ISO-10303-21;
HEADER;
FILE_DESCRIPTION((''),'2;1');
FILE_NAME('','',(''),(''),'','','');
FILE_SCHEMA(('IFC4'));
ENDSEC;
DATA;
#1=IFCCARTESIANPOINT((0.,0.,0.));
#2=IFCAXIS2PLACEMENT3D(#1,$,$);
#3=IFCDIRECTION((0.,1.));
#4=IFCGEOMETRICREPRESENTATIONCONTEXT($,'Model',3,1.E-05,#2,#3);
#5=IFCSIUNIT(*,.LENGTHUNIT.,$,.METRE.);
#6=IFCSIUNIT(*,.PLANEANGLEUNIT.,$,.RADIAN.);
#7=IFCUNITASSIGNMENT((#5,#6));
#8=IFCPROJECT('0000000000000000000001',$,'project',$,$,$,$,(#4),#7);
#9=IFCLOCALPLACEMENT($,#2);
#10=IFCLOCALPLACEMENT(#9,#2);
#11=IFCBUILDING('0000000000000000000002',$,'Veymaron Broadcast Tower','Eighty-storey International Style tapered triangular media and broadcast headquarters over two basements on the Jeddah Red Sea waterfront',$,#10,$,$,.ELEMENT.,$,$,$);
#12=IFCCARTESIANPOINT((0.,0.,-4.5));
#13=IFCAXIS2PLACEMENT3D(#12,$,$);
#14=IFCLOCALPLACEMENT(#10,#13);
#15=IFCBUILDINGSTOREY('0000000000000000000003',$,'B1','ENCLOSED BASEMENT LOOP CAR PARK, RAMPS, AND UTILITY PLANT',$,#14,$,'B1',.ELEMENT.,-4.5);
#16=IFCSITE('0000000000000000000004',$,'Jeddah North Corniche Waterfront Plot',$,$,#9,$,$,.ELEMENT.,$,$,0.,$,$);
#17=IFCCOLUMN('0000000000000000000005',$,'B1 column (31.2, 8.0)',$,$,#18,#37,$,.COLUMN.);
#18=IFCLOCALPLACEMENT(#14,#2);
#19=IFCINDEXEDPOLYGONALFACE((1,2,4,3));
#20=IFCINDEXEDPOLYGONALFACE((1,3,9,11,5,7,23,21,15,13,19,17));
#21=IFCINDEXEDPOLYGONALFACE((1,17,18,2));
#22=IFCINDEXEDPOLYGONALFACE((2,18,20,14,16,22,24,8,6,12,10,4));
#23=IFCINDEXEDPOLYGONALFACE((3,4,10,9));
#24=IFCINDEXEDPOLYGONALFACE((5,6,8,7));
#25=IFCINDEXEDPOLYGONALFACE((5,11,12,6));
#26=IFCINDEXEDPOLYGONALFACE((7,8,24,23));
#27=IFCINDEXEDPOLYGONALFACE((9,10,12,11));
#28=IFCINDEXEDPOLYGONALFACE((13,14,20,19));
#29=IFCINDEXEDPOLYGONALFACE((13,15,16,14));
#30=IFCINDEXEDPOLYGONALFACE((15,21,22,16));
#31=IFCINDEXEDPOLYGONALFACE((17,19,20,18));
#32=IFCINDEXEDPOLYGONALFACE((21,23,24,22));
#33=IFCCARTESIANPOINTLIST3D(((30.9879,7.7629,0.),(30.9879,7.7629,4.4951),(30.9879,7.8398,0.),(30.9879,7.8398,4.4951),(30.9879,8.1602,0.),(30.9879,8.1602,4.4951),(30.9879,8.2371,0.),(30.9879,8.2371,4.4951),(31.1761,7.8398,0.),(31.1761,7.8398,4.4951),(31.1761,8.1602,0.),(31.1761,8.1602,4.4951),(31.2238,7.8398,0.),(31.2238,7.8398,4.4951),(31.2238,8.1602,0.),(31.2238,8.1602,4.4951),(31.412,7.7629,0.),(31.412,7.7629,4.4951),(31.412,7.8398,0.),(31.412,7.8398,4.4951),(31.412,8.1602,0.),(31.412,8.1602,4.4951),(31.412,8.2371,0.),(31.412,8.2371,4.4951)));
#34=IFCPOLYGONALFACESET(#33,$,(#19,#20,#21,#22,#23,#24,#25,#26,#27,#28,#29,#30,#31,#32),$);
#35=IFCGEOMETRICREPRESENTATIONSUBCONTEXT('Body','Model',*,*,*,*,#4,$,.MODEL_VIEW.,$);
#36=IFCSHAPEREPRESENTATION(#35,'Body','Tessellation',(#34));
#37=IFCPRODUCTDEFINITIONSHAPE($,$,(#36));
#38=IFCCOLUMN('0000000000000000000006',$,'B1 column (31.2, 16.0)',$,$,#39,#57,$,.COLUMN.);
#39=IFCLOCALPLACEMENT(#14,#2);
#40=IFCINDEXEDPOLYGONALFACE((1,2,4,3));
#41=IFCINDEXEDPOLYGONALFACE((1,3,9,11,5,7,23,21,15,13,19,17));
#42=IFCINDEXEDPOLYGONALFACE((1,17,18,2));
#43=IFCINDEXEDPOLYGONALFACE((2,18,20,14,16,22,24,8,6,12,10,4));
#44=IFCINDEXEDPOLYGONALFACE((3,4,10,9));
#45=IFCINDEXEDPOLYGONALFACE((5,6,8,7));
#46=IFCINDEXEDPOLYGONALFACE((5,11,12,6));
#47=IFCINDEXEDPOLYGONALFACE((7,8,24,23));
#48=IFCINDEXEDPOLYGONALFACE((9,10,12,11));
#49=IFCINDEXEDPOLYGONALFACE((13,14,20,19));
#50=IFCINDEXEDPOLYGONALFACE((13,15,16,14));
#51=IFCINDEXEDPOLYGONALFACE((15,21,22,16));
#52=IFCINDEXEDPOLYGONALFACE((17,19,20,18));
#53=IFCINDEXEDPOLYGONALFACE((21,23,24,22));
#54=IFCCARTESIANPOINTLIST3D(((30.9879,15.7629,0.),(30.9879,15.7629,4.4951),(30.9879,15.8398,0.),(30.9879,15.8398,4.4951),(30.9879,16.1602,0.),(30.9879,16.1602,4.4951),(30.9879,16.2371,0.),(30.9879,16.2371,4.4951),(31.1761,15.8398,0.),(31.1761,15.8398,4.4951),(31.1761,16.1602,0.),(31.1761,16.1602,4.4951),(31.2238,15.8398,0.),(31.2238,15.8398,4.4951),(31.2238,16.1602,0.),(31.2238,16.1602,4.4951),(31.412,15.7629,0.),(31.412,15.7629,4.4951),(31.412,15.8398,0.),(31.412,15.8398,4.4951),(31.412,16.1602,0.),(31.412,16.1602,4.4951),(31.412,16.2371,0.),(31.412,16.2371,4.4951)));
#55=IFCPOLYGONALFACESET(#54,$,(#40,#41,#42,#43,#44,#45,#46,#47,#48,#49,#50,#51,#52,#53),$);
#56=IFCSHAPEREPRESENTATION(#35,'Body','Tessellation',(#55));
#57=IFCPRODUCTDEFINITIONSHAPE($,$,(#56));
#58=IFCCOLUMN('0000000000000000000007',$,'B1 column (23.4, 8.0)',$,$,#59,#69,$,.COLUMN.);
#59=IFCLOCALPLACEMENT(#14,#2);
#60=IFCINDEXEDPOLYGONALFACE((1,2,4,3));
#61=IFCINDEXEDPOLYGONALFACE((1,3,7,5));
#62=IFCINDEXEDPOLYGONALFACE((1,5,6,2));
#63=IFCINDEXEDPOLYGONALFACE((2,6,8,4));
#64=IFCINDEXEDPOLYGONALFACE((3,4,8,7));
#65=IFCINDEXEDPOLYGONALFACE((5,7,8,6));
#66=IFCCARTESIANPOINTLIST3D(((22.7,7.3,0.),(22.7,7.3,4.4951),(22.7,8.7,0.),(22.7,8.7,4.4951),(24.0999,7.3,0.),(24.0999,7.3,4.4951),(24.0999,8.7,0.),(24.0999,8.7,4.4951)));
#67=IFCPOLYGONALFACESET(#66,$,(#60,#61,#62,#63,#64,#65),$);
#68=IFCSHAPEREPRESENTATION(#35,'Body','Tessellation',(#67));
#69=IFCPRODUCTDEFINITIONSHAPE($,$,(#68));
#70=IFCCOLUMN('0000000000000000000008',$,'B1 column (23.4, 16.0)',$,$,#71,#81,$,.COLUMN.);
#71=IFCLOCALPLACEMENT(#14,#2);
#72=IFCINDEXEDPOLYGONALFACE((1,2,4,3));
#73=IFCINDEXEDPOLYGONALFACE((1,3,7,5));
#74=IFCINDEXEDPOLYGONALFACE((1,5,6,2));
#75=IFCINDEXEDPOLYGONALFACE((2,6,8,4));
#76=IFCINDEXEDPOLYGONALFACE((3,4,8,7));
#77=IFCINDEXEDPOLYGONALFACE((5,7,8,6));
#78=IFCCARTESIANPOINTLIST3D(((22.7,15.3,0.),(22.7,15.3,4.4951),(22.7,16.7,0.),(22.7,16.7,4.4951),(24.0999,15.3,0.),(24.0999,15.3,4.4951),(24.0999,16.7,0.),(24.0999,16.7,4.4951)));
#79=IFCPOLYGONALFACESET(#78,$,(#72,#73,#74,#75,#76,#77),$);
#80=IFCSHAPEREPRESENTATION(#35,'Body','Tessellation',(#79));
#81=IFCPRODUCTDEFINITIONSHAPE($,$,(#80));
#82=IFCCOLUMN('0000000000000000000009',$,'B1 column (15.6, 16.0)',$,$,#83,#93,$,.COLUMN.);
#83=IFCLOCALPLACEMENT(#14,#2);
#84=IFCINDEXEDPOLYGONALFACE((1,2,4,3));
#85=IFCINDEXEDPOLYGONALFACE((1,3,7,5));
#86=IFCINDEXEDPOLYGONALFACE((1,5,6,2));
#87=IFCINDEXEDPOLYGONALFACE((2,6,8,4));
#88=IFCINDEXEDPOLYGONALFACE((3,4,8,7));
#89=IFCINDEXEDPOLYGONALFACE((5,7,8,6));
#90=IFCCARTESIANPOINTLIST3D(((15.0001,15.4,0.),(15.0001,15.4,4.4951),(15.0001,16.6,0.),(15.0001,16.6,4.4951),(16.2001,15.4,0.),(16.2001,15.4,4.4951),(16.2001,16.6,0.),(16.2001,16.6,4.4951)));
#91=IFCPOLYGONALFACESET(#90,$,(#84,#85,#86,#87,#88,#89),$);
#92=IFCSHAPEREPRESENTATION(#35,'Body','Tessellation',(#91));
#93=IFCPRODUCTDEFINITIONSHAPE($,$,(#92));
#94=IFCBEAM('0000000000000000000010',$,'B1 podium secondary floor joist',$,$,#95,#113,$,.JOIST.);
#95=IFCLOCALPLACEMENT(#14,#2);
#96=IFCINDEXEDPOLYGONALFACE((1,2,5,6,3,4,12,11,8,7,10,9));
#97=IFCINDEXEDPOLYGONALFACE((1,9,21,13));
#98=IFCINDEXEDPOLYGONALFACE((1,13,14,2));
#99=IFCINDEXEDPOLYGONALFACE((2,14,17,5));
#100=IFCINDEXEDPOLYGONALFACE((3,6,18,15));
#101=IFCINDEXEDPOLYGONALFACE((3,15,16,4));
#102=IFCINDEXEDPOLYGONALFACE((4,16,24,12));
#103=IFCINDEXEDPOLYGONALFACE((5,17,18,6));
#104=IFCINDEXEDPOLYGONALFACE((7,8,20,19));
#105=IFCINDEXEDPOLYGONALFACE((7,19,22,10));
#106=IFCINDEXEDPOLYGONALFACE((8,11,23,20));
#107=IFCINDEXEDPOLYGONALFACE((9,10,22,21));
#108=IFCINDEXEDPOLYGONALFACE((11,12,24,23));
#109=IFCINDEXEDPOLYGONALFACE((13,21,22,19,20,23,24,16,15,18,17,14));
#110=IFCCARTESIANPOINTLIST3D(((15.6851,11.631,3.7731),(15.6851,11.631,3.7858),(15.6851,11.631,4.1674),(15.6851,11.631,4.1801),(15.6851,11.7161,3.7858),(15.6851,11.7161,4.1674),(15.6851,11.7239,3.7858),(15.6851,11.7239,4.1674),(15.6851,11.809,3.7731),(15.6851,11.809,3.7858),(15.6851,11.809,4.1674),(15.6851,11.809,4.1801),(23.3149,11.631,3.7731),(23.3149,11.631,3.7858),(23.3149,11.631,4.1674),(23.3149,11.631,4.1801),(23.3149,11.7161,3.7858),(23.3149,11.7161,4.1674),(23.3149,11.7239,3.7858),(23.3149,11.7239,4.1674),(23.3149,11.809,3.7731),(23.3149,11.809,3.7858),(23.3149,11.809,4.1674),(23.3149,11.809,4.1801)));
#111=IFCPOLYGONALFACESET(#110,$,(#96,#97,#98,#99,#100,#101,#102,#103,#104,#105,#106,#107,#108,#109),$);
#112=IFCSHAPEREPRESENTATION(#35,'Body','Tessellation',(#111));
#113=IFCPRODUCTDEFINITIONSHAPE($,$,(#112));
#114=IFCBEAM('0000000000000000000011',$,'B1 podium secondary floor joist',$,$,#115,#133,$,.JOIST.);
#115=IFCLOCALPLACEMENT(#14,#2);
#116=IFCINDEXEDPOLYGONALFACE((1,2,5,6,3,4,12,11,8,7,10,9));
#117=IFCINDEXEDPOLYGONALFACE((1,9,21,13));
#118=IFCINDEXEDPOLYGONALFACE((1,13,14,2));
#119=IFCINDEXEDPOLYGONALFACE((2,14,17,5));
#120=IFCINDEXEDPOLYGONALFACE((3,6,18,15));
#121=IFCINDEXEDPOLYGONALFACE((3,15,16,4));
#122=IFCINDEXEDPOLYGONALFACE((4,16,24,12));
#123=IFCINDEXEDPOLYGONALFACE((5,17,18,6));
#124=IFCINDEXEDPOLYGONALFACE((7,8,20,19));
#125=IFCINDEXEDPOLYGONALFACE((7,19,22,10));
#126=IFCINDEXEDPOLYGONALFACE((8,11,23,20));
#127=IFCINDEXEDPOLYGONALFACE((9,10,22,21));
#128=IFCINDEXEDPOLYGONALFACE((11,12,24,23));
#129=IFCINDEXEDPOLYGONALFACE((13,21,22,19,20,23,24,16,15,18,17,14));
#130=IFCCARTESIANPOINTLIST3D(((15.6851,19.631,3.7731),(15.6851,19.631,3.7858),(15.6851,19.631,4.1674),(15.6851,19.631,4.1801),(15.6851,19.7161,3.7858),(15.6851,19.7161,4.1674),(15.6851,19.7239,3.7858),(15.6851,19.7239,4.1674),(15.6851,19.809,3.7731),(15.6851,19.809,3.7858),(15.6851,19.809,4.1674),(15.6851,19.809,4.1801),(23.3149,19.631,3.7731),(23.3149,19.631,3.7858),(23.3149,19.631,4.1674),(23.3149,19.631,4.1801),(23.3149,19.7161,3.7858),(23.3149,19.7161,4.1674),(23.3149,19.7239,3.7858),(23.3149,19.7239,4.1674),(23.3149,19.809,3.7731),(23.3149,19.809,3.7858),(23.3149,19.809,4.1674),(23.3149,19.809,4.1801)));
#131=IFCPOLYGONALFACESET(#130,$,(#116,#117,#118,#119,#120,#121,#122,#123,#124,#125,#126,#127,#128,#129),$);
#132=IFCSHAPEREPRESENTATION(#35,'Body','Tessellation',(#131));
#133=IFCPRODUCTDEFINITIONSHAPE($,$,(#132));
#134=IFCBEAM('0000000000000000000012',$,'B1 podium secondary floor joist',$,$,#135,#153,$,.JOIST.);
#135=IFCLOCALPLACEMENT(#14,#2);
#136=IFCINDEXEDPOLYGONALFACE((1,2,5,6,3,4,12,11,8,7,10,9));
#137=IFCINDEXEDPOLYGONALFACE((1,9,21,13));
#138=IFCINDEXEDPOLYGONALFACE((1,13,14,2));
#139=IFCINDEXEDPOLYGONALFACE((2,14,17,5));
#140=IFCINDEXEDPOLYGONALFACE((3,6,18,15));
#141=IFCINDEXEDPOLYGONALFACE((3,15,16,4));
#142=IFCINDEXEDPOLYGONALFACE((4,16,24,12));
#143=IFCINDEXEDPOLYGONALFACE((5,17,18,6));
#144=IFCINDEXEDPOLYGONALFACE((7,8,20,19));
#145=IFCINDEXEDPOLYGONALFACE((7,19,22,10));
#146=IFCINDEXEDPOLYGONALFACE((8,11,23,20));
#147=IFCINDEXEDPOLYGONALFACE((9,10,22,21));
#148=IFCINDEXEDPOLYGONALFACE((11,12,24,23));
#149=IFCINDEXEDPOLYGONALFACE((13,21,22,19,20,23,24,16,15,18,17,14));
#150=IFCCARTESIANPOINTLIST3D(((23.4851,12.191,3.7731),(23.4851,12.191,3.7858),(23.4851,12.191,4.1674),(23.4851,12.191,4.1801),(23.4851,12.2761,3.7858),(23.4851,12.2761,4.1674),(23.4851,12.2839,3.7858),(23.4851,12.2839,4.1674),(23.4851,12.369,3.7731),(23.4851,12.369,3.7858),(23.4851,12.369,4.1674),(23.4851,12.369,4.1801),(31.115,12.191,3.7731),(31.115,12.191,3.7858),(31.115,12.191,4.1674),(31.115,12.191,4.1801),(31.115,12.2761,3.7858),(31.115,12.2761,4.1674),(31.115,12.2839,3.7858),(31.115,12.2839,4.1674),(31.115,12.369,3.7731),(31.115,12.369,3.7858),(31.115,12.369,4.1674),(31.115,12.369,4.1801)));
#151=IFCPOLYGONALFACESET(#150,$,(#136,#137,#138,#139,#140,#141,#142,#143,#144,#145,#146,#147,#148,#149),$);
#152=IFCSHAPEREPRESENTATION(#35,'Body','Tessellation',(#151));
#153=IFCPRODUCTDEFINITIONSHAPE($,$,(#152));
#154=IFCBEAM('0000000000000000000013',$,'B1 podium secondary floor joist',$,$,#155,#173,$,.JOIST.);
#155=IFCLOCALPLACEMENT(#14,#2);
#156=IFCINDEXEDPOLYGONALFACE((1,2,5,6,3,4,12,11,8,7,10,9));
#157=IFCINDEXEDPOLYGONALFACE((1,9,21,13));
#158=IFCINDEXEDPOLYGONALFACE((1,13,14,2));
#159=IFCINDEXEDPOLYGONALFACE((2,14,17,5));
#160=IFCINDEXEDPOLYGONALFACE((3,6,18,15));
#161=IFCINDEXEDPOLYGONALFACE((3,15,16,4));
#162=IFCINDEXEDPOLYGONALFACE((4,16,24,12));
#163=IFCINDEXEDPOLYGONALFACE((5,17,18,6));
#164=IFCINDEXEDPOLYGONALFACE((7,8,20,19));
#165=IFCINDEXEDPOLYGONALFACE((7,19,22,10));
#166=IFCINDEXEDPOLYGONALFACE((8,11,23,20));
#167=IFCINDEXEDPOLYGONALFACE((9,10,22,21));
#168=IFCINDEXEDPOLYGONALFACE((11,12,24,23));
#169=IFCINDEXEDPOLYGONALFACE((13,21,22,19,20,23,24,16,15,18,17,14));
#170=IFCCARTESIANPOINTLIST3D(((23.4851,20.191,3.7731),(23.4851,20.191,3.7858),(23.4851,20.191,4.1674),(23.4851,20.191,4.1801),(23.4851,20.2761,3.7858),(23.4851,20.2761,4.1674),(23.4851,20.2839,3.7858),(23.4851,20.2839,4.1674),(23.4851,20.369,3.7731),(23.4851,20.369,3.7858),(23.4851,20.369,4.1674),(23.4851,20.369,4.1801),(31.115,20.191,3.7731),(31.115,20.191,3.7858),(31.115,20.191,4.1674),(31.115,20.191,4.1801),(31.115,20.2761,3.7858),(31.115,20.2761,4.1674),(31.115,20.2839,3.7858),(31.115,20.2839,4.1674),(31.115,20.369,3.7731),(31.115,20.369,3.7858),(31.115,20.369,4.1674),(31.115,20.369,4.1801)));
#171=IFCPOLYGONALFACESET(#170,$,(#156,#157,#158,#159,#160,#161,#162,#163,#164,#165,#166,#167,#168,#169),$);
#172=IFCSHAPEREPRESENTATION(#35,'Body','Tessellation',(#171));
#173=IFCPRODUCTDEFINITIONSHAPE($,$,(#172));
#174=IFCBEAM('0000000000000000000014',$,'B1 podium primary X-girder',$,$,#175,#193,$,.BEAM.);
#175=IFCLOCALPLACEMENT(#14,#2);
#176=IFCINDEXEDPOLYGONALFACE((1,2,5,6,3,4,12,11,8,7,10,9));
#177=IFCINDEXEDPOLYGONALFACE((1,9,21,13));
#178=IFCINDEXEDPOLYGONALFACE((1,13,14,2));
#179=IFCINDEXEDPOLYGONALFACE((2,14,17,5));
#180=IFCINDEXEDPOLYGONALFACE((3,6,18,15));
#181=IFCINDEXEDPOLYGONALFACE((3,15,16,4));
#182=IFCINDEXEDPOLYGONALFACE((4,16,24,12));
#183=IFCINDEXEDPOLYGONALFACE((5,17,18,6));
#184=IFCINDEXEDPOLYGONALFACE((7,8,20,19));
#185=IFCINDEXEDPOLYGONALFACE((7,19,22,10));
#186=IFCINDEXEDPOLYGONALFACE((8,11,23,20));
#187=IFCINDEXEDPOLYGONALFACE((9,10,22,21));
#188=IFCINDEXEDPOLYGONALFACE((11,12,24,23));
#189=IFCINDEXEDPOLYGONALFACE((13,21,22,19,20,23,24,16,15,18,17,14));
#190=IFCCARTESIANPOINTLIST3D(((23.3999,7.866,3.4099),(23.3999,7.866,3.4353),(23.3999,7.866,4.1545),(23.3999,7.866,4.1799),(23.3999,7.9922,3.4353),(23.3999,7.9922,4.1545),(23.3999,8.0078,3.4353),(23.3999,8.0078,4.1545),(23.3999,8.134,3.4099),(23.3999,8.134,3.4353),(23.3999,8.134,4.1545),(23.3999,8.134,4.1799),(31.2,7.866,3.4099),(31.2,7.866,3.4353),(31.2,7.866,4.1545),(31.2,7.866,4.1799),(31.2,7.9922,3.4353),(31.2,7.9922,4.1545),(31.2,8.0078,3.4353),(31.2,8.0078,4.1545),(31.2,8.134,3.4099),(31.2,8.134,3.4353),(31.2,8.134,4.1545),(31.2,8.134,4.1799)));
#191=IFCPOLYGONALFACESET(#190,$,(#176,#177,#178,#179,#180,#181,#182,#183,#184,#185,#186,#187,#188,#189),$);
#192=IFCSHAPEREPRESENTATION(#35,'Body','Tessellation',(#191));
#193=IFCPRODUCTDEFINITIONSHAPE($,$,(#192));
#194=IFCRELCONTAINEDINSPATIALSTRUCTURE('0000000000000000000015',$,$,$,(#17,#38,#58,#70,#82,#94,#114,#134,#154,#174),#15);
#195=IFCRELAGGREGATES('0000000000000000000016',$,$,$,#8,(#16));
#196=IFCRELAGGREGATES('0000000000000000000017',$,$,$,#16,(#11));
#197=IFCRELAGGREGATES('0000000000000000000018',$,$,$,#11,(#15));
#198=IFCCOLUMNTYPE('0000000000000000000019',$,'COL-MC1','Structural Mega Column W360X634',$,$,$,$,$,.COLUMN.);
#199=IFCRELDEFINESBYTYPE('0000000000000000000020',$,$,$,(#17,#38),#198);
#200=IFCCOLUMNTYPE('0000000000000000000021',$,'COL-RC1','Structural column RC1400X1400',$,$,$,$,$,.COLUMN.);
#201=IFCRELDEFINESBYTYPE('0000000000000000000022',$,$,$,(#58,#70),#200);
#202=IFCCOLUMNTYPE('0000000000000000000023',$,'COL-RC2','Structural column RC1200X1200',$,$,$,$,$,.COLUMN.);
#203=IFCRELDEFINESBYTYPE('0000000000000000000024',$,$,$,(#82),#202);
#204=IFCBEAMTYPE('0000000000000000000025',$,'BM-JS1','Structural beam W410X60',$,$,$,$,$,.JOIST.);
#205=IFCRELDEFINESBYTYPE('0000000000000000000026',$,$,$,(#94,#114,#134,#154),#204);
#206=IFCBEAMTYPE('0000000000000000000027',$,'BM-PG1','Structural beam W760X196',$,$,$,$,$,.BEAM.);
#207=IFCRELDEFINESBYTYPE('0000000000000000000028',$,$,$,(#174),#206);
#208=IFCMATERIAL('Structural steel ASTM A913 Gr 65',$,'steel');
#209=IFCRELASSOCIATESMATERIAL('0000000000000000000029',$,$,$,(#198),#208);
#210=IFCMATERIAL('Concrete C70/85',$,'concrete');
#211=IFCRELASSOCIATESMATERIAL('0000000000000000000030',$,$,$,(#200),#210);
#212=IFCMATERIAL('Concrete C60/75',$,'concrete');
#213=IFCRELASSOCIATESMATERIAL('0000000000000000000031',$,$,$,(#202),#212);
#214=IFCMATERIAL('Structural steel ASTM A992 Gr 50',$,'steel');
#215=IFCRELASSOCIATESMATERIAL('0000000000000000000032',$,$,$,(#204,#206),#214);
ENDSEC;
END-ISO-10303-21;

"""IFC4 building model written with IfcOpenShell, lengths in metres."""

from ifc_helpers import new_model, si_unit, direction, frame, origin, origin_2d, place, context, subcontext, project, spatial, rectangle, i_section, extrude, material, material_profile, profile_set, type_object, element, save


model = new_model("IFC4")

# Units and contexts
model_context = context("Model", 3, precision=1e-05, world=origin(), true_north=direction((0.0, 1.0)))
body_context = subcontext(model_context, "Body", "Model", "MODEL_VIEW")
ifc_project = project(units=[si_unit("LENGTHUNIT", "METRE"), si_unit("PLANEANGLEUNIT", "RADIAN")], contexts=[model_context])

# Site, building, storey
site_placement = place(None, origin())
site = spatial("IfcSite", under=ifc_project, at=site_placement, Name="Jeddah North Corniche Waterfront Plot", CompositionType="ELEMENT", RefElevation=0.0)
building_placement = place(site_placement, origin())
building = spatial("IfcBuilding", under=site, at=building_placement, Name="Veymaron Broadcast Tower", Description="Eighty-storey International Style tapered triangular media and broadcast headquarters over two basements on the Jeddah Red Sea waterfront", CompositionType="ELEMENT")
storey_placement = place(building_placement, frame((0.0, 0.0, -4.5)))
storey = spatial("IfcBuildingStorey", under=building, at=storey_placement, Name="B1", Description="ENCLOSED BASEMENT LOOP CAR PARK, RAMPS, AND UTILITY PLANT", LongName="B1", CompositionType="ELEMENT", Elevation=-4.5)

# Columns
ifc_material_1 = material(Name="Structural steel ASTM A913 Gr 65", Category="steel")
ifc_material_profile_1 = material_profile(ifc_material_1, i_section(OverallWidth=0.4241, OverallDepth=0.4741, WebThickness=0.0476, FlangeThickness=0.0769, at=origin_2d()), Name="W360X634")
ifc_profile_set_1 = profile_set([ifc_material_profile_1], Name="Structural steel ASTM A913 Gr 65")
column_type_1 = type_object("IfcColumnType", Name="COL-MC1", Description="Structural Mega Column W360X634", PredefinedType="COLUMN", material=ifc_profile_set_1)
for number, where, z_axis, x_axis, name in (
    (1, (31.2, 8.0, 0.0), (0.0, 0.0, 1.0), (1.0, 0.0, 0.0), "B1 column (31.2, 8.0)"),
    (2, (31.2, 16.0, 0.0), (0.0, 0.0, 1.0), (1.0, 0.0, 0.0), "B1 column (31.2, 16.0)"),
):
    element("IfcColumn", number, at=place(storey_placement, frame(where, z_axis=z_axis, x_axis=x_axis)), inside=storey, type_object=column_type_1, Name=name, PredefinedType="COLUMN", context=body_context, shape_type="SweptSolid", body=[
        extrude(i_section(OverallWidth=0.4241, OverallDepth=0.4741, WebThickness=0.0476, FlangeThickness=0.0769, at=origin_2d()), origin(), (0.0, 0.0, 1.0), 4.4951),
    ])
ifc_material_2 = material(Name="Concrete C70/85", Category="concrete")
ifc_material_profile_2 = material_profile(ifc_material_2, rectangle(XDim=1.3999, YDim=1.3999, at=origin_2d()), Name="RC1400X1400")
ifc_profile_set_2 = profile_set([ifc_material_profile_2], Name="Concrete C70/85")
column_type_2 = type_object("IfcColumnType", Name="COL-RC1", Description="Structural column RC1400X1400", PredefinedType="COLUMN", material=ifc_profile_set_2)
for number, where, z_axis, x_axis, name in (
    (3, (23.3999, 8.0, 0.0), (0.0, 0.0, 1.0), (1.0, 0.0, 0.0), "B1 column (23.4, 8.0)"),
    (4, (23.3999, 16.0, 0.0), (0.0, 0.0, 1.0), (1.0, 0.0, 0.0), "B1 column (23.4, 16.0)"),
):
    element("IfcColumn", number, at=place(storey_placement, frame(where, z_axis=z_axis, x_axis=x_axis)), inside=storey, type_object=column_type_2, Name=name, PredefinedType="COLUMN", context=body_context, shape_type="SweptSolid", body=[
        extrude(rectangle(XDim=1.3999, YDim=1.3999, at=origin_2d()), origin(), (0.0, 0.0, 1.0), 4.4951),
    ])
ifc_material_3 = material(Name="Concrete C60/75", Category="concrete")
ifc_material_profile_3 = material_profile(ifc_material_3, rectangle(XDim=1.2, YDim=1.2, at=origin_2d()), Name="RC1200X1200")
ifc_profile_set_3 = profile_set([ifc_material_profile_3], Name="Concrete C60/75")
column_type_3 = type_object("IfcColumnType", Name="COL-RC2", Description="Structural column RC1200X1200", PredefinedType="COLUMN", material=ifc_profile_set_3)
column_placement = place(storey_placement, frame((15.6001, 16.0, 0.0), z_axis=(0.0, 0.0, 1.0), x_axis=(1.0, 0.0, 0.0)))
element("IfcColumn", 5, at=column_placement, inside=storey, type_object=column_type_3, Name="B1 column (15.6, 16.0)", PredefinedType="COLUMN", context=body_context, shape_type="SweptSolid", body=[
    extrude(rectangle(XDim=1.2, YDim=1.2, at=origin_2d()), origin(), (0.0, 0.0, 1.0), 4.4951),
])

# Beams
ifc_material_4 = material(Name="Structural steel ASTM A992 Gr 50", Category="steel")
ifc_material_profile_4 = material_profile(ifc_material_4, i_section(OverallWidth=0.178, OverallDepth=0.407, WebThickness=0.0078, FlangeThickness=0.0127, at=origin_2d()), Name="W410X60")
ifc_profile_set_4 = profile_set([ifc_material_profile_4], Name="Structural steel ASTM A992 Gr 50")
beam_type_1 = type_object("IfcBeamType", Name="BM-JS1", Description="Structural beam W410X60", PredefinedType="JOIST", material=ifc_profile_set_4)
for number, where, z_axis, x_axis, name in (
    (6, (15.6851, 11.72, 3.9766), (1.0, 0.0, 0.0), (0.0, 1.0, 0.0), "B1 podium secondary floor joist"),
    (7, (15.6851, 19.72, 3.9766), (1.0, 0.0, 0.0), (0.0, 1.0, 0.0), "B1 podium secondary floor joist"),
    (8, (23.4851, 12.28, 3.9766), (1.0, 0.0, 0.0), (0.0, 1.0, 0.0), "B1 podium secondary floor joist"),
    (9, (23.4851, 20.28, 3.9766), (1.0, 0.0, 0.0), (0.0, 1.0, 0.0), "B1 podium secondary floor joist"),
):
    element("IfcBeam", number, at=place(storey_placement, frame(where, z_axis=z_axis, x_axis=x_axis)), inside=storey, type_object=beam_type_1, Name=name, PredefinedType="JOIST", context=body_context, shape_type="SweptSolid", body=[
        extrude(i_section(OverallWidth=0.178, OverallDepth=0.407, WebThickness=0.0078, FlangeThickness=0.0127, at=origin_2d()), origin(), (0.0, 0.0, 1.0), 7.6299),
    ])
ifc_material_profile_5 = material_profile(ifc_material_4, i_section(OverallWidth=0.2681, OverallDepth=0.77, WebThickness=0.0156, FlangeThickness=0.0254, at=origin_2d()), Name="W760X196")
ifc_profile_set_5 = profile_set([ifc_material_profile_5], Name="Structural steel ASTM A992 Gr 50")
beam_type_2 = type_object("IfcBeamType", Name="BM-PG1", Description="Structural beam W760X196", PredefinedType="BEAM", material=ifc_profile_set_5)
for number, where, z_axis, x_axis, name in (
    (10, (23.3999, 8.0, 3.7949), (1.0, 0.0, 0.0), (0.0, 1.0, 0.0), "B1 podium primary X-girder"),
):
    element("IfcBeam", number, at=place(storey_placement, frame(where, z_axis=z_axis, x_axis=x_axis)), inside=storey, type_object=beam_type_2, Name=name, PredefinedType="BEAM", context=body_context, shape_type="SweptSolid", body=[
        extrude(i_section(OverallWidth=0.2681, OverallDepth=0.77, WebThickness=0.0156, FlangeThickness=0.0254, at=origin_2d()), origin(), (0.0, 0.0, 1.0), 7.8),
    ])

save(model, "model.ifc")
